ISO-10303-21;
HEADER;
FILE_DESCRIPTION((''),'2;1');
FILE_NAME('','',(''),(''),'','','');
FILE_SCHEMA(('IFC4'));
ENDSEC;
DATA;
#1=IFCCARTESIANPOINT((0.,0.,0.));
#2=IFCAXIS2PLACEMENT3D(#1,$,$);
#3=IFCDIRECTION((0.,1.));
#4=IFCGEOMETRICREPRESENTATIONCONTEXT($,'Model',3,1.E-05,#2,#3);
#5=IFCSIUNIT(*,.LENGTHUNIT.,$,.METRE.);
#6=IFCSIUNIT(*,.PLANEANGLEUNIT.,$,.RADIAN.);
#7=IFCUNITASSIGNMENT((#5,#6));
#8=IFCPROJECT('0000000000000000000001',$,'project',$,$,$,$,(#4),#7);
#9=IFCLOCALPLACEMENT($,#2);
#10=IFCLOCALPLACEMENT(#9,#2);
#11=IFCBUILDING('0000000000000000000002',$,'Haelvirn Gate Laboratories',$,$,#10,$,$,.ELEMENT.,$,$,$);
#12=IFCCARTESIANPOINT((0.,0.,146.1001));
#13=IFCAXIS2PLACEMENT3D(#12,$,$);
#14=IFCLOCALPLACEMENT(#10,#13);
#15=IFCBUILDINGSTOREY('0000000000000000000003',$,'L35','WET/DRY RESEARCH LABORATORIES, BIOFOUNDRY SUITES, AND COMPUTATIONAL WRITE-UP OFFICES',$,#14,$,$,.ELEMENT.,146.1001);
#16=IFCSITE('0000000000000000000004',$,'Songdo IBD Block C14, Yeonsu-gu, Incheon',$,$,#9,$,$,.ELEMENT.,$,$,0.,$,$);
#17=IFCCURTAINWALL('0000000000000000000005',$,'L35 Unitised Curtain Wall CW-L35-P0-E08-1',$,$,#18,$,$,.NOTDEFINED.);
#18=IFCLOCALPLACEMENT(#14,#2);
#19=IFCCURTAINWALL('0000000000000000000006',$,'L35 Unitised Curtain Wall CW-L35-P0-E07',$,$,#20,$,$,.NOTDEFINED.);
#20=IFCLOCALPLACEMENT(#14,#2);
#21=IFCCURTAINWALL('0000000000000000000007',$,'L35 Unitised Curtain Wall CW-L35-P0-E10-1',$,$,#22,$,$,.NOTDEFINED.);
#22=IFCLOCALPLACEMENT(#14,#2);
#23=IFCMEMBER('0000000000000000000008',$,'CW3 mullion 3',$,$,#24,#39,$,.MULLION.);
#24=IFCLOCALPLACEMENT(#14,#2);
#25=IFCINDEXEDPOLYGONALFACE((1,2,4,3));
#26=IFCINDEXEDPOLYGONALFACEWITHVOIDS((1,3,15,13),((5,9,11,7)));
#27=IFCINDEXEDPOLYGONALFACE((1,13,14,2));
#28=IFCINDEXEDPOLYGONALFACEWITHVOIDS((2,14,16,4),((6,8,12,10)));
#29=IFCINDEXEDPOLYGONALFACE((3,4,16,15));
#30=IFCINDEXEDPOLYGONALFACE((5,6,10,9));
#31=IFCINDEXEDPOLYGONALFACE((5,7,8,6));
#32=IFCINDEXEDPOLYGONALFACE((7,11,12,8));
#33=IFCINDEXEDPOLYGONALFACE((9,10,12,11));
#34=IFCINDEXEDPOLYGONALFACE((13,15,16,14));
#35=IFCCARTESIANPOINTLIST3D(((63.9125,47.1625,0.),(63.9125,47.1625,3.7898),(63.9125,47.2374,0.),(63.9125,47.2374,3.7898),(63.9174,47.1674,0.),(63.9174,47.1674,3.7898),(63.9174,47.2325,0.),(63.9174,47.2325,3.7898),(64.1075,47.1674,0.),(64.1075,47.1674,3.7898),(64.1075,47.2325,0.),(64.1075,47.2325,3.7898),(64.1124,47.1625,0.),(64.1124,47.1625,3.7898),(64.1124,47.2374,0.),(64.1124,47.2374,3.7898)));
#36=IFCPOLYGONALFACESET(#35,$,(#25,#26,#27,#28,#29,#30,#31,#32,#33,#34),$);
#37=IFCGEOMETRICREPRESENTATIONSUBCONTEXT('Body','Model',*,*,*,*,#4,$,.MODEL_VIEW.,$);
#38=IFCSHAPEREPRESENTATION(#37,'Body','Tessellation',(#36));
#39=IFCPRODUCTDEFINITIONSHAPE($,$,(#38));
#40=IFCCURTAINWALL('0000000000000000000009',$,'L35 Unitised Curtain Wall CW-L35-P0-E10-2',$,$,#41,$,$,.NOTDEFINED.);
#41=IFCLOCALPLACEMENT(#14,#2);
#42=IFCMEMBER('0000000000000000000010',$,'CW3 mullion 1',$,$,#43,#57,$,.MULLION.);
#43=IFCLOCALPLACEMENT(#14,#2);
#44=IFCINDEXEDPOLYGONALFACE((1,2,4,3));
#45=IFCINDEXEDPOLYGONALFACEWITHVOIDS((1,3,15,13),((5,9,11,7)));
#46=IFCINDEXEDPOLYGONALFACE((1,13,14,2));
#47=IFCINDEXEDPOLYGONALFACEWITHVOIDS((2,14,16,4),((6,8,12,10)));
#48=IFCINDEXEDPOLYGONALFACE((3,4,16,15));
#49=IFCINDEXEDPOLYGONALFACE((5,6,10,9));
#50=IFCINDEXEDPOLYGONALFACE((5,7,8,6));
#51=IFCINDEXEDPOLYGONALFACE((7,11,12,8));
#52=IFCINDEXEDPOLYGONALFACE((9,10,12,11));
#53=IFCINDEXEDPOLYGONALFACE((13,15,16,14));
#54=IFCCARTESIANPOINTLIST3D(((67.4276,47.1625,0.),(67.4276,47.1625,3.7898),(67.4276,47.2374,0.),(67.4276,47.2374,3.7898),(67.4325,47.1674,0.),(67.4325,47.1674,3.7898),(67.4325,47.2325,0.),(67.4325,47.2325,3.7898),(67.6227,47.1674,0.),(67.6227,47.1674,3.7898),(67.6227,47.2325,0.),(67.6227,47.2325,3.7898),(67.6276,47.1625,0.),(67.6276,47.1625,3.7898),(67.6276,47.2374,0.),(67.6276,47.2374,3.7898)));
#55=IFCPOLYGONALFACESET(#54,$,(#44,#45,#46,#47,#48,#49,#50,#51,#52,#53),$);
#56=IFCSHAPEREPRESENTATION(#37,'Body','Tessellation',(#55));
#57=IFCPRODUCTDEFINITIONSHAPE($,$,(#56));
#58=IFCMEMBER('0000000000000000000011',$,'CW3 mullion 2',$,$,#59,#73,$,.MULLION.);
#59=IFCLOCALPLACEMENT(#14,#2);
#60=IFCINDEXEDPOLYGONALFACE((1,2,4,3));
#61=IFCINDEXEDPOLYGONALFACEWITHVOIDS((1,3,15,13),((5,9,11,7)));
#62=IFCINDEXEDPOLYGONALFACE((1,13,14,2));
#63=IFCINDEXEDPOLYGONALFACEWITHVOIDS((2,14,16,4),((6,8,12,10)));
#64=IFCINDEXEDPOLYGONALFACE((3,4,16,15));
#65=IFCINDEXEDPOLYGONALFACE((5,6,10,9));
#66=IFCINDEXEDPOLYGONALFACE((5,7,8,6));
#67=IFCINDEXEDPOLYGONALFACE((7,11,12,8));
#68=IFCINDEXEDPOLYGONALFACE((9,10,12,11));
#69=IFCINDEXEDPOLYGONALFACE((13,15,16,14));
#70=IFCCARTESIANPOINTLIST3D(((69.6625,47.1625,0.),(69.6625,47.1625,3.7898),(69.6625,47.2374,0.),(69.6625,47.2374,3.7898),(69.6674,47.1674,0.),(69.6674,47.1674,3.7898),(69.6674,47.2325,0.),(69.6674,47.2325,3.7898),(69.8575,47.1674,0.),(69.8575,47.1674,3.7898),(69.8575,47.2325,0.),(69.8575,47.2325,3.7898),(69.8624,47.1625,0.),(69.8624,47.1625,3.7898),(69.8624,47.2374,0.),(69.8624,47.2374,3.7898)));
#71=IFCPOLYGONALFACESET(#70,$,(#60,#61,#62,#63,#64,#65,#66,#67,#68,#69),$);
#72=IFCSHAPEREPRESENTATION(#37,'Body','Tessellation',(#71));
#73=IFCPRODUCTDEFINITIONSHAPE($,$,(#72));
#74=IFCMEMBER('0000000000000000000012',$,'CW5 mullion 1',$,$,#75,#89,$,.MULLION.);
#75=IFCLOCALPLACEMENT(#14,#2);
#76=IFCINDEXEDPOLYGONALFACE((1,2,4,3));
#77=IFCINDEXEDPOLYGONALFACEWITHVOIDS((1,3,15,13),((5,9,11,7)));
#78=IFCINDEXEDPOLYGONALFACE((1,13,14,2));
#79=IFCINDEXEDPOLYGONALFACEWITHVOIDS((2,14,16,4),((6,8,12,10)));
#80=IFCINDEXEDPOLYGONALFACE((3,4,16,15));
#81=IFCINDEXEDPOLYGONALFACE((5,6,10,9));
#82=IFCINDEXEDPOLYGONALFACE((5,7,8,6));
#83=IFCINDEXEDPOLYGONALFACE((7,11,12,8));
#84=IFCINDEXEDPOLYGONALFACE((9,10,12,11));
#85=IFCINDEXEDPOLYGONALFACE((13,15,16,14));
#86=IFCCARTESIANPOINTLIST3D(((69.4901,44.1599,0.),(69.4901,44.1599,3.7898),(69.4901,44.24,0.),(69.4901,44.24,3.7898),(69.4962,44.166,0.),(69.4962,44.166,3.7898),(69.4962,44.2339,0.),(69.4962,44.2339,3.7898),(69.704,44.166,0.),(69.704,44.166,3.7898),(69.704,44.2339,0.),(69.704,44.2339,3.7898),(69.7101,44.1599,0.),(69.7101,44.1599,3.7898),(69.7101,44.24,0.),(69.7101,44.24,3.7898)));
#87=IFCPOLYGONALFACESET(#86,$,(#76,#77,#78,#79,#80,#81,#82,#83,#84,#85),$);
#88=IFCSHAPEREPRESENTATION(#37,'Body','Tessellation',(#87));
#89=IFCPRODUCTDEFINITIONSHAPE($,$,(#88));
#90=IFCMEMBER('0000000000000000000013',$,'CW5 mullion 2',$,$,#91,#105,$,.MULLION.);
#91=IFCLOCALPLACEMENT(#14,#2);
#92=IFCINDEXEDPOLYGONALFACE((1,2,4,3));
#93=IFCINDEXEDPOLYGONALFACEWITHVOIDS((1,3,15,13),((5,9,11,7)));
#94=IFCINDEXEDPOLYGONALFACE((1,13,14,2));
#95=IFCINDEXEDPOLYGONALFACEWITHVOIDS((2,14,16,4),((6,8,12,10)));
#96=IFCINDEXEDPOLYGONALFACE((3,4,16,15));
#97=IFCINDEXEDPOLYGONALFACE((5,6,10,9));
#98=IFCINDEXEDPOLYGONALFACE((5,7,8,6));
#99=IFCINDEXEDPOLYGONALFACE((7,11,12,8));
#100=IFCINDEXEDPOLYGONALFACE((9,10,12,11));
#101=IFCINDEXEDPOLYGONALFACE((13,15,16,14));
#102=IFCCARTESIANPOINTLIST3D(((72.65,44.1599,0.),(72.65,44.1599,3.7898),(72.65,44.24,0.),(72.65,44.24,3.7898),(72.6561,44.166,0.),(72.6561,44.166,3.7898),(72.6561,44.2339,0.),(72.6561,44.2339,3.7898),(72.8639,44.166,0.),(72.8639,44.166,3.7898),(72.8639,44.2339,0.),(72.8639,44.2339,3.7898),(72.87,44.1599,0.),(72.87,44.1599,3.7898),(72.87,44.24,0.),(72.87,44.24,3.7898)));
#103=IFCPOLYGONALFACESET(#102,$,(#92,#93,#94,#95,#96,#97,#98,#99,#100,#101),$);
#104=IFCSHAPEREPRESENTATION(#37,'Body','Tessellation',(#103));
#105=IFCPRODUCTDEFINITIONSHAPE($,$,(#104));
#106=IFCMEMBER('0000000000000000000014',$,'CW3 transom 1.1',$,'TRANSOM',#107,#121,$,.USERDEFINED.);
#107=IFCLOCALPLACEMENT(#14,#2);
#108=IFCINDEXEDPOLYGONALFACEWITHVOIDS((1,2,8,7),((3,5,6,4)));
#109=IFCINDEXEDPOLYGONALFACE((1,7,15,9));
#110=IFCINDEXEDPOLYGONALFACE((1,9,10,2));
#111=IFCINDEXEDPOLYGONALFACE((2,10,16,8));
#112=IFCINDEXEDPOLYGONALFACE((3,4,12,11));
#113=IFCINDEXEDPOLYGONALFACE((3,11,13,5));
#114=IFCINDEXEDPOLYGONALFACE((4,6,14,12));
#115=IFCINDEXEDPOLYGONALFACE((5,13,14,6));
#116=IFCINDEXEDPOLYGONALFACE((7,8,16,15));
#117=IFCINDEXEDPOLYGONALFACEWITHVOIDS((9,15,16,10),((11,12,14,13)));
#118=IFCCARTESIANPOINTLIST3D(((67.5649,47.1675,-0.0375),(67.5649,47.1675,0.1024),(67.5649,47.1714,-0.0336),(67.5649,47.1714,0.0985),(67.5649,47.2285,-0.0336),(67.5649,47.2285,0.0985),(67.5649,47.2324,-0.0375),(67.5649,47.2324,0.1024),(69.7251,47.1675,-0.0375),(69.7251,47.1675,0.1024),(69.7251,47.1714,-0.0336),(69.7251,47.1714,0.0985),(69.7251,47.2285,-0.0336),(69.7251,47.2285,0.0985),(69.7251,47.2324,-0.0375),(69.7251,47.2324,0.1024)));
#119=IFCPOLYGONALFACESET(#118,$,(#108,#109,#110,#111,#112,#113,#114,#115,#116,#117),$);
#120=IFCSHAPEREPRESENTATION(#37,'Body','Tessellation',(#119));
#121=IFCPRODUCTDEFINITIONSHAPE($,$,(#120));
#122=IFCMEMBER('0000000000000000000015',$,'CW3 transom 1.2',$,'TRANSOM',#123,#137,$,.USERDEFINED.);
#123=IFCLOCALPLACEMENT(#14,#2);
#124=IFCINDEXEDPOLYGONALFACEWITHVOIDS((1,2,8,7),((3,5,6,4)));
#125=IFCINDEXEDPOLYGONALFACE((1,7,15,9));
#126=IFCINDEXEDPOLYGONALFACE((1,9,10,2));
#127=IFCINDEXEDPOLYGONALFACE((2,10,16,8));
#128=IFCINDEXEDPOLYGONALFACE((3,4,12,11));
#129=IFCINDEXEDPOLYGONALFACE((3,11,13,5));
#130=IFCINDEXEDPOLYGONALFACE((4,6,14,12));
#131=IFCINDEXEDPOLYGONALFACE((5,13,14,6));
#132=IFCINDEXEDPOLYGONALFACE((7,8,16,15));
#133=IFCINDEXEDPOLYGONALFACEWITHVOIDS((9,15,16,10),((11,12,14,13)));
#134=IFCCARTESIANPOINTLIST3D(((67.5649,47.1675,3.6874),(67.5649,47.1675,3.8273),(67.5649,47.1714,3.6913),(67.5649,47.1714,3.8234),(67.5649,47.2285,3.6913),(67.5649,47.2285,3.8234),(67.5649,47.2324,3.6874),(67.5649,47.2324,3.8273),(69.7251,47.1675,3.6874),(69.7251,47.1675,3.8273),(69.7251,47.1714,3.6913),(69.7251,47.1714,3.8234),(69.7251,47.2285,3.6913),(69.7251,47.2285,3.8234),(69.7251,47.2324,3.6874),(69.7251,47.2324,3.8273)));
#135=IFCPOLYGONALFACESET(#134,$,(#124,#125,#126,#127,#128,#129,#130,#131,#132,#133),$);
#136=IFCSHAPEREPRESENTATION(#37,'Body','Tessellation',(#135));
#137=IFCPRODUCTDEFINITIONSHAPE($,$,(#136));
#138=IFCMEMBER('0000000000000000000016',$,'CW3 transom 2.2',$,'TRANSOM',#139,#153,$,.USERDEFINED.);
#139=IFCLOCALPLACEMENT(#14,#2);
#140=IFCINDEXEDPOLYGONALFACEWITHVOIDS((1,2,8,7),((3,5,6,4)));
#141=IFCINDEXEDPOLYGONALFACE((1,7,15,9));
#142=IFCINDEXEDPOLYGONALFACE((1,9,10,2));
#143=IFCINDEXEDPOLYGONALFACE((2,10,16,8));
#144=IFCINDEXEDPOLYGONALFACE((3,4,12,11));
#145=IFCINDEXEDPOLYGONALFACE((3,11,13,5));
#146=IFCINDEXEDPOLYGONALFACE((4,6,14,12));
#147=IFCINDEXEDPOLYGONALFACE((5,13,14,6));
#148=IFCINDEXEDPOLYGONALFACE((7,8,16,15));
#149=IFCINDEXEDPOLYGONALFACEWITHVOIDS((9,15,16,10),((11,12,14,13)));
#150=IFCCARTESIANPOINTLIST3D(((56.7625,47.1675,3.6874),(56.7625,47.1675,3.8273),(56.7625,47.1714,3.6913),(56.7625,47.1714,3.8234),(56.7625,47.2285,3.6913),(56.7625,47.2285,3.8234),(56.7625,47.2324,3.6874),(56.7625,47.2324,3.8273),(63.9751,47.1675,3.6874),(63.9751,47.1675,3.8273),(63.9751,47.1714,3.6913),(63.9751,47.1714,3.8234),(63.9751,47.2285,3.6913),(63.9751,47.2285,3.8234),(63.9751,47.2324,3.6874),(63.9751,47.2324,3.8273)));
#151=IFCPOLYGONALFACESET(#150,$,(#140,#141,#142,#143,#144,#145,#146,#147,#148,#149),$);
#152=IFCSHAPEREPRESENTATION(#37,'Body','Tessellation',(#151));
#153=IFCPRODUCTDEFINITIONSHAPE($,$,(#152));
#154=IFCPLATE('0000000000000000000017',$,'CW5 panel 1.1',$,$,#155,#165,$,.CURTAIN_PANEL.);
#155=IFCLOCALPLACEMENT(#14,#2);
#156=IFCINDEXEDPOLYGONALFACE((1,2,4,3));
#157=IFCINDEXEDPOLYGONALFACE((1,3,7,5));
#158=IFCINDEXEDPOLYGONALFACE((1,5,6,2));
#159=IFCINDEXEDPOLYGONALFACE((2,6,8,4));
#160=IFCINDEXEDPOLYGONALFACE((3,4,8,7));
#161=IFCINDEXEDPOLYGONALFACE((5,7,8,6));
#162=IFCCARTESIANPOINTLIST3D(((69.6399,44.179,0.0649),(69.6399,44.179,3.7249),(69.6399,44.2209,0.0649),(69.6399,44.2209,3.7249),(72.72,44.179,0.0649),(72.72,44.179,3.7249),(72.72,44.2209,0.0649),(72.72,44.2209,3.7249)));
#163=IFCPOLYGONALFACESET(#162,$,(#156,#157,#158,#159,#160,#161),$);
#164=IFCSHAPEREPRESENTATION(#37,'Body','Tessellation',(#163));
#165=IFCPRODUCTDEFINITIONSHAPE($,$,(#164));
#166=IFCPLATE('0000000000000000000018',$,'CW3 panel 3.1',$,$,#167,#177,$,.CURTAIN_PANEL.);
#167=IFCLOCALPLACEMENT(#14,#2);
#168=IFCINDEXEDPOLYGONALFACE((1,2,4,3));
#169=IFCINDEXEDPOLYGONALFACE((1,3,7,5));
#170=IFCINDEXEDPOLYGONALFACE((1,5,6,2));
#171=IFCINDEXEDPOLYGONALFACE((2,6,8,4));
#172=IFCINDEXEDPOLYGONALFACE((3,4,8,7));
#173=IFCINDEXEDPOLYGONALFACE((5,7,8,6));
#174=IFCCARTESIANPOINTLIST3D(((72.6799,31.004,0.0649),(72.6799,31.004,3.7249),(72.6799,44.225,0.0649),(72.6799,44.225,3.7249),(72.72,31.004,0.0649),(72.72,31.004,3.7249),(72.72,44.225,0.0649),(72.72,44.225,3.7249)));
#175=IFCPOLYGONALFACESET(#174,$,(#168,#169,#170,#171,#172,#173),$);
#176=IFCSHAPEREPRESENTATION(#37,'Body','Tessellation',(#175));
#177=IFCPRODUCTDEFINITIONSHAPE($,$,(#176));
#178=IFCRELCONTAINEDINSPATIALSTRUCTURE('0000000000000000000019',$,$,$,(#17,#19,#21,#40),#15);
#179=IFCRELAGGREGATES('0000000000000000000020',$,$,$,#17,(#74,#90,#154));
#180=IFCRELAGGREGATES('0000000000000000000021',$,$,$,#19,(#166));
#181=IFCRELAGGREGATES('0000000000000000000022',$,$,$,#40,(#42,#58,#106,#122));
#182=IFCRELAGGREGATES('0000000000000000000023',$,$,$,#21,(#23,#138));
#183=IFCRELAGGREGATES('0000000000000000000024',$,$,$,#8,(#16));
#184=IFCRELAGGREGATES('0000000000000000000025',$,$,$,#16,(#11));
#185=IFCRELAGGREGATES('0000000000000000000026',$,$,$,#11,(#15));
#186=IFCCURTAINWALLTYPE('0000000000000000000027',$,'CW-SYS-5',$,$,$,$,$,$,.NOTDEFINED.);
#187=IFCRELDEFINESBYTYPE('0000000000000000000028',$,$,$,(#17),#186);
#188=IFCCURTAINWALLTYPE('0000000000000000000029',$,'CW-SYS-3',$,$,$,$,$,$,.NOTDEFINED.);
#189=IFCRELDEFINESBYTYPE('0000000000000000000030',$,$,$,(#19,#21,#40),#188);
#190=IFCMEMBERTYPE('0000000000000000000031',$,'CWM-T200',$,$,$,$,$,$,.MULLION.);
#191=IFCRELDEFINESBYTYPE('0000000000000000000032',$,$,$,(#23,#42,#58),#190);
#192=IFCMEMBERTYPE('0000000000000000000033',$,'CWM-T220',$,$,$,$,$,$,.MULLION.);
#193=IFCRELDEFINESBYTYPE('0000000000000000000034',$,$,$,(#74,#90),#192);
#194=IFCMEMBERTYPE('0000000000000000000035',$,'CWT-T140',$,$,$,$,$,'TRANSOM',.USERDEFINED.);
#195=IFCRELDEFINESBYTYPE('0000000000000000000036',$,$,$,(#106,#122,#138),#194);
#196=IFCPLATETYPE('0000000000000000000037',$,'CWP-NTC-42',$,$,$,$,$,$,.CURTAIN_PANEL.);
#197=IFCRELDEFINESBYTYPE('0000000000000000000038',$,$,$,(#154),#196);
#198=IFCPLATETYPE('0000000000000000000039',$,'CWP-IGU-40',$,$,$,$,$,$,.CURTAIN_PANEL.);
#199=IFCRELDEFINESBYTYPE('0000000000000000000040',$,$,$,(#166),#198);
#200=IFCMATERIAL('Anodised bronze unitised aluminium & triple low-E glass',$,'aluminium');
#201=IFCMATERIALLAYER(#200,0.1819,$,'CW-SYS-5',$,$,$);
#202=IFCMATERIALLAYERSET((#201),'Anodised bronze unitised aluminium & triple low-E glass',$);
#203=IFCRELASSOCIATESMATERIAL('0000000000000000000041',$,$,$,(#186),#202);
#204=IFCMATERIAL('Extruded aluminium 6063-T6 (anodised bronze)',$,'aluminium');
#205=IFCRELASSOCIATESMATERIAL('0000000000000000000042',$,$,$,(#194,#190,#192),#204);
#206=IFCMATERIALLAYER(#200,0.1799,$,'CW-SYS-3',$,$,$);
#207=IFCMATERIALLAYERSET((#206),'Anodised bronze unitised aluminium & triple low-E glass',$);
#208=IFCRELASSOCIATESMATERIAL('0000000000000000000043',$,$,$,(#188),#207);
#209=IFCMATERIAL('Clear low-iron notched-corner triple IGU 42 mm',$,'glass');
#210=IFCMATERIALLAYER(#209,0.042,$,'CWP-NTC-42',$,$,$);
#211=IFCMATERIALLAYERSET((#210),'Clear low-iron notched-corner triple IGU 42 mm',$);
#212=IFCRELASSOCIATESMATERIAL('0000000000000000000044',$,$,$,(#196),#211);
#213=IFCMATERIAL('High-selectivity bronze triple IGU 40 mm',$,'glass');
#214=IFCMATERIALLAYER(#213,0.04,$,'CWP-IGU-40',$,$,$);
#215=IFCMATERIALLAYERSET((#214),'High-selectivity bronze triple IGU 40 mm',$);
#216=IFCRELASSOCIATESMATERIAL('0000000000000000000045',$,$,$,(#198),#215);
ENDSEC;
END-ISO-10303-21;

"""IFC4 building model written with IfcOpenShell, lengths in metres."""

from ifc_helpers import new_model, si_unit, direction, frame, origin, origin_2d, place, context, subcontext, project, spatial, rectangle, hollow_rectangle, extrude, source, transform, mapped, material, layer, layer_set, material_profile, profile_set, type_object, type_shapes, element, aggregate, save


model = new_model("IFC4")

# Units and contexts
model_context = context("Model", 3, precision=1e-05, world=origin(), true_north=direction((0.0, 1.0)))
body_context = subcontext(model_context, "Body", "Model", "MODEL_VIEW")
ifc_project = project(units=[si_unit("LENGTHUNIT", "METRE"), si_unit("PLANEANGLEUNIT", "RADIAN")], contexts=[model_context])

# Site, building, storey
site_placement = place(None, origin())
site = spatial("IfcSite", under=ifc_project, at=site_placement, Name="Songdo IBD Block C14, Yeonsu-gu, Incheon", CompositionType="ELEMENT", RefElevation=0.0)
building_placement = place(site_placement, origin())
building = spatial("IfcBuilding", under=site, at=building_placement, Name="Haelvirn Gate Laboratories", CompositionType="ELEMENT")
storey_placement = place(building_placement, frame((0.0, 0.0, 146.1001)))
storey = spatial("IfcBuildingStorey", under=building, at=storey_placement, Name="L35", Description="WET/DRY RESEARCH LABORATORIES, BIOFOUNDRY SUITES, AND COMPUTATIONAL WRITE-UP OFFICES", CompositionType="ELEMENT", Elevation=146.1001)

# Curtain wall
ifc_material_1 = material(Name="Anodised bronze unitised aluminium & triple low-E glass", Category="aluminium")
ifc_layer_1 = layer(ifc_material_1, 0.1819, Name="CW-SYS-5")
ifc_layer_set_1 = layer_set([ifc_layer_1], Name="Anodised bronze unitised aluminium & triple low-E glass")
curtain_wall_type_1 = type_object("IfcCurtainWallType", Name="CW-SYS-5", PredefinedType="NOTDEFINED", material=ifc_layer_set_1)
curtain_wall_1_placement = place(storey_placement, origin())
curtain_wall_1 = element("IfcCurtainWall", 1, at=curtain_wall_1_placement, inside=storey, type_object=curtain_wall_type_1, Name="L35 Unitised Curtain Wall CW-L35-P0-E08-1", PredefinedType="NOTDEFINED")
ifc_material_2 = material(Name="Extruded aluminium 6063-T6 (anodised bronze)", Category="aluminium")
ifc_material_profile_1 = material_profile(ifc_material_2, hollow_rectangle(XDim=0.0649, YDim=0.1399, WallThickness=0.0039, at=origin_2d()), Name="CWT-140x65x4")
ifc_profile_set_1 = profile_set([ifc_material_profile_1], Name="Extruded aluminium 6063-T6 (anodised bronze)")
member_type_1 = type_object("IfcMemberType", Name="CWT-T140", ElementType="TRANSOM", PredefinedType="USERDEFINED", material=ifc_profile_set_1)

# Curtain walls, member
ifc_layer_2 = layer(ifc_material_1, 0.1799, Name="CW-SYS-3")
ifc_layer_set_2 = layer_set([ifc_layer_2], Name="Anodised bronze unitised aluminium & triple low-E glass")
curtain_wall_type_2 = type_object("IfcCurtainWallType", Name="CW-SYS-3", PredefinedType="NOTDEFINED", material=ifc_layer_set_2)
curtain_wall_2_placement = place(storey_placement, origin())
curtain_wall_2 = element("IfcCurtainWall", 2, at=curtain_wall_2_placement, inside=storey, type_object=curtain_wall_type_2, Name="L35 Unitised Curtain Wall CW-L35-P0-E07", PredefinedType="NOTDEFINED")
ifc_material_profile_2 = material_profile(ifc_material_2, hollow_rectangle(XDim=0.075, YDim=0.2, WallThickness=0.0049, at=origin_2d()), Name="CWM-200x75x5")
ifc_profile_set_2 = profile_set([ifc_material_profile_2], Name="Extruded aluminium 6063-T6 (anodised bronze)")
member_type_2 = type_object("IfcMemberType", Name="CWM-T200", PredefinedType="MULLION", material=ifc_profile_set_2)
shared_shape_1 = source(origin(), body_context, "Body", "SweptSolid", [
    extrude(hollow_rectangle(XDim=0.075, YDim=0.2, WallThickness=0.0049, at=origin_2d()), origin(), (0.0, 0.0, 1.0), 3.7898),
])
type_shapes(member_type_2, [shared_shape_1])
curtain_wall_3_placement = place(storey_placement, origin())
curtain_wall_3 = element("IfcCurtainWall", 3, at=curtain_wall_3_placement, inside=storey, type_object=curtain_wall_type_2, Name="L35 Unitised Curtain Wall CW-L35-P0-E10-1", PredefinedType="NOTDEFINED")
member_1_placement = place(storey_placement, frame((64.0125, 47.2, 0.0), z_axis=(0.0, 0.0, 1.0), x_axis=(0.0, 1.0, 0.0)))
member_1 = element("IfcMember", 4, at=member_1_placement, type_object=member_type_2, Name="CW3 mullion 3", PredefinedType="MULLION", context=body_context, shape_type="MappedRepresentation", body=[
    mapped(shared_shape_1, transform((0.0, 0.0, 0.0), scale=1.0)),
])

# Curtain wall, members
curtain_wall_4_placement = place(storey_placement, origin())
curtain_wall_4 = element("IfcCurtainWall", 5, at=curtain_wall_4_placement, inside=storey, type_object=curtain_wall_type_2, Name="L35 Unitised Curtain Wall CW-L35-P0-E10-2", PredefinedType="NOTDEFINED")
member_2_placement = place(storey_placement, frame((67.5276, 47.2, 0.0), z_axis=(0.0, 0.0, 1.0), x_axis=(0.0, 1.0, 0.0)))
member_2 = element("IfcMember", 6, at=member_2_placement, type_object=member_type_2, Name="CW3 mullion 1", PredefinedType="MULLION", context=body_context, shape_type="MappedRepresentation", body=[
    mapped(shared_shape_1, transform((0.0, 0.0, 0.0), scale=1.0)),
])
member_3_placement = place(storey_placement, frame((69.7625, 47.2, 0.0), z_axis=(0.0, 0.0, 1.0), x_axis=(0.0, 1.0, 0.0)))
member_3 = element("IfcMember", 7, at=member_3_placement, type_object=member_type_2, Name="CW3 mullion 2", PredefinedType="MULLION", context=body_context, shape_type="MappedRepresentation", body=[
    mapped(shared_shape_1, transform((0.0, 0.0, 0.0), scale=1.0)),
])

# Members
ifc_material_profile_3 = material_profile(ifc_material_2, hollow_rectangle(XDim=0.0801, YDim=0.22, WallThickness=0.0061, at=origin_2d()), Name="CWM-220x80x6")
ifc_profile_set_3 = profile_set([ifc_material_profile_3], Name="Extruded aluminium 6063-T6 (anodised bronze)")
member_type_3 = type_object("IfcMemberType", Name="CWM-T220", PredefinedType="MULLION", material=ifc_profile_set_3)
shared_shape_2 = source(origin(), body_context, "Body", "SweptSolid", [
    extrude(hollow_rectangle(XDim=0.0801, YDim=0.22, WallThickness=0.0061, at=origin_2d()), origin(), (0.0, 0.0, 1.0), 3.7898),
])
type_shapes(member_type_3, [shared_shape_2])
member_4_placement = place(storey_placement, frame((69.6001, 44.2, 0.0), z_axis=(0.0, 0.0, 1.0), x_axis=(0.0, 1.0, 0.0)))
member_4 = element("IfcMember", 8, at=member_4_placement, type_object=member_type_3, Name="CW5 mullion 1", PredefinedType="MULLION", context=body_context, shape_type="MappedRepresentation", body=[
    mapped(shared_shape_2, transform((0.0, 0.0, 0.0), scale=1.0)),
])
member_5_placement = place(storey_placement, frame((72.76, 44.2, 0.0), z_axis=(0.0, 0.0, 1.0), x_axis=(0.0, 1.0, 0.0)))
member_5 = element("IfcMember", 9, at=member_5_placement, type_object=member_type_3, Name="CW5 mullion 2", PredefinedType="MULLION", context=body_context, shape_type="MappedRepresentation", body=[
    mapped(shared_shape_2, transform((0.0, 0.0, 0.0), scale=1.0)),
])
shared_shape_3 = source(origin(), body_context, "Body", "SweptSolid", [
    extrude(hollow_rectangle(XDim=0.0649, YDim=0.1399, WallThickness=0.0039, at=origin_2d()), origin(), (0.0, 0.0, 1.0), 2.1602),
])
member_6_placement = place(storey_placement, frame((67.5649, 47.2, 0.0325), z_axis=(1.0, 0.0, 0.0), x_axis=(0.0, 1.0, 0.0)))
member_6 = element("IfcMember", 10, at=member_6_placement, type_object=member_type_1, Name="CW3 transom 1.1", ObjectType="TRANSOM", PredefinedType="USERDEFINED", context=body_context, shape_type="MappedRepresentation", body=[
    mapped(shared_shape_3, transform((0.0, 0.0, 0.0), scale=1.0)),
])
member_7_placement = place(storey_placement, frame((67.5649, 47.2, 3.7573), z_axis=(1.0, 0.0, 0.0), x_axis=(0.0, 1.0, 0.0)))
member_7 = element("IfcMember", 11, at=member_7_placement, type_object=member_type_1, Name="CW3 transom 1.2", ObjectType="TRANSOM", PredefinedType="USERDEFINED", context=body_context, shape_type="MappedRepresentation", body=[
    mapped(shared_shape_3, transform((0.0, 0.0, 0.0), scale=1.0)),
])
shared_shape_4 = source(origin(), body_context, "Body", "SweptSolid", [
    extrude(hollow_rectangle(XDim=0.0649, YDim=0.1399, WallThickness=0.0039, at=origin_2d()), origin(), (0.0, 0.0, 1.0), 7.2126),
])
member_8_placement = place(storey_placement, frame((56.7625, 47.2, 3.7573), z_axis=(1.0, 0.0, 0.0), x_axis=(0.0, 1.0, 0.0)))
member_8 = element("IfcMember", 12, at=member_8_placement, type_object=member_type_1, Name="CW3 transom 2.2", ObjectType="TRANSOM", PredefinedType="USERDEFINED", context=body_context, shape_type="MappedRepresentation", body=[
    mapped(shared_shape_4, transform((0.0, 0.0, 0.0), scale=1.0)),
])

# Plates
ifc_material_3 = material(Name="Clear low-iron notched-corner triple IGU 42 mm", Category="glass")
ifc_layer_3 = layer(ifc_material_3, 0.042, Name="CWP-NTC-42")
ifc_layer_set_3 = layer_set([ifc_layer_3], Name="Clear low-iron notched-corner triple IGU 42 mm")
plate_type_1 = type_object("IfcPlateType", Name="CWP-NTC-42", PredefinedType="CURTAIN_PANEL", material=ifc_layer_set_3)
shared_shape_5 = source(origin(), body_context, "Body", "SweptSolid", [
    extrude(rectangle(XDim=3.0801, YDim=0.042, at=origin_2d()), origin(), (0.0, 0.0, 1.0), 3.6599),
])
type_shapes(plate_type_1, [shared_shape_5])
plate_1_placement = place(storey_placement, frame((71.1799, 44.2, 0.0649), z_axis=(0.0, 0.0, 1.0), x_axis=(1.0, 0.0, 0.0)))
plate_1 = element("IfcPlate", 13, at=plate_1_placement, type_object=plate_type_1, Name="CW5 panel 1.1", PredefinedType="CURTAIN_PANEL", context=body_context, shape_type="MappedRepresentation", body=[
    mapped(shared_shape_5, transform((0.0, 0.0, 0.0), scale=1.0)),
])
aggregate(curtain_wall_1, [member_4, member_5, plate_1])
ifc_material_4 = material(Name="High-selectivity bronze triple IGU 40 mm", Category="glass")
ifc_layer_4 = layer(ifc_material_4, 0.04, Name="CWP-IGU-40")
ifc_layer_set_4 = layer_set([ifc_layer_4], Name="High-selectivity bronze triple IGU 40 mm")
plate_type_2 = type_object("IfcPlateType", Name="CWP-IGU-40", PredefinedType="CURTAIN_PANEL", material=ifc_layer_set_4)
shared_shape_6 = source(origin(), body_context, "Body", "SweptSolid", [
    extrude(rectangle(XDim=13.2209, YDim=0.04, at=origin_2d()), origin(), (0.0, 0.0, 1.0), 3.6599),
])
plate_2_placement = place(storey_placement, frame((72.7, 37.6145, 0.0649), z_axis=(0.0, 0.0, 1.0), x_axis=(0.0, 1.0, 0.0)))
plate_2 = element("IfcPlate", 14, at=plate_2_placement, type_object=plate_type_2, Name="CW3 panel 3.1", PredefinedType="CURTAIN_PANEL", context=body_context, shape_type="MappedRepresentation", body=[
    mapped(shared_shape_6, transform((0.0, 0.0, 0.0), scale=1.0)),
])
aggregate(curtain_wall_2, [plate_2])
aggregate(curtain_wall_4, [member_2, member_3, member_6, member_7])
aggregate(curtain_wall_3, [member_1, member_8])

save(model, "model.ifc")
